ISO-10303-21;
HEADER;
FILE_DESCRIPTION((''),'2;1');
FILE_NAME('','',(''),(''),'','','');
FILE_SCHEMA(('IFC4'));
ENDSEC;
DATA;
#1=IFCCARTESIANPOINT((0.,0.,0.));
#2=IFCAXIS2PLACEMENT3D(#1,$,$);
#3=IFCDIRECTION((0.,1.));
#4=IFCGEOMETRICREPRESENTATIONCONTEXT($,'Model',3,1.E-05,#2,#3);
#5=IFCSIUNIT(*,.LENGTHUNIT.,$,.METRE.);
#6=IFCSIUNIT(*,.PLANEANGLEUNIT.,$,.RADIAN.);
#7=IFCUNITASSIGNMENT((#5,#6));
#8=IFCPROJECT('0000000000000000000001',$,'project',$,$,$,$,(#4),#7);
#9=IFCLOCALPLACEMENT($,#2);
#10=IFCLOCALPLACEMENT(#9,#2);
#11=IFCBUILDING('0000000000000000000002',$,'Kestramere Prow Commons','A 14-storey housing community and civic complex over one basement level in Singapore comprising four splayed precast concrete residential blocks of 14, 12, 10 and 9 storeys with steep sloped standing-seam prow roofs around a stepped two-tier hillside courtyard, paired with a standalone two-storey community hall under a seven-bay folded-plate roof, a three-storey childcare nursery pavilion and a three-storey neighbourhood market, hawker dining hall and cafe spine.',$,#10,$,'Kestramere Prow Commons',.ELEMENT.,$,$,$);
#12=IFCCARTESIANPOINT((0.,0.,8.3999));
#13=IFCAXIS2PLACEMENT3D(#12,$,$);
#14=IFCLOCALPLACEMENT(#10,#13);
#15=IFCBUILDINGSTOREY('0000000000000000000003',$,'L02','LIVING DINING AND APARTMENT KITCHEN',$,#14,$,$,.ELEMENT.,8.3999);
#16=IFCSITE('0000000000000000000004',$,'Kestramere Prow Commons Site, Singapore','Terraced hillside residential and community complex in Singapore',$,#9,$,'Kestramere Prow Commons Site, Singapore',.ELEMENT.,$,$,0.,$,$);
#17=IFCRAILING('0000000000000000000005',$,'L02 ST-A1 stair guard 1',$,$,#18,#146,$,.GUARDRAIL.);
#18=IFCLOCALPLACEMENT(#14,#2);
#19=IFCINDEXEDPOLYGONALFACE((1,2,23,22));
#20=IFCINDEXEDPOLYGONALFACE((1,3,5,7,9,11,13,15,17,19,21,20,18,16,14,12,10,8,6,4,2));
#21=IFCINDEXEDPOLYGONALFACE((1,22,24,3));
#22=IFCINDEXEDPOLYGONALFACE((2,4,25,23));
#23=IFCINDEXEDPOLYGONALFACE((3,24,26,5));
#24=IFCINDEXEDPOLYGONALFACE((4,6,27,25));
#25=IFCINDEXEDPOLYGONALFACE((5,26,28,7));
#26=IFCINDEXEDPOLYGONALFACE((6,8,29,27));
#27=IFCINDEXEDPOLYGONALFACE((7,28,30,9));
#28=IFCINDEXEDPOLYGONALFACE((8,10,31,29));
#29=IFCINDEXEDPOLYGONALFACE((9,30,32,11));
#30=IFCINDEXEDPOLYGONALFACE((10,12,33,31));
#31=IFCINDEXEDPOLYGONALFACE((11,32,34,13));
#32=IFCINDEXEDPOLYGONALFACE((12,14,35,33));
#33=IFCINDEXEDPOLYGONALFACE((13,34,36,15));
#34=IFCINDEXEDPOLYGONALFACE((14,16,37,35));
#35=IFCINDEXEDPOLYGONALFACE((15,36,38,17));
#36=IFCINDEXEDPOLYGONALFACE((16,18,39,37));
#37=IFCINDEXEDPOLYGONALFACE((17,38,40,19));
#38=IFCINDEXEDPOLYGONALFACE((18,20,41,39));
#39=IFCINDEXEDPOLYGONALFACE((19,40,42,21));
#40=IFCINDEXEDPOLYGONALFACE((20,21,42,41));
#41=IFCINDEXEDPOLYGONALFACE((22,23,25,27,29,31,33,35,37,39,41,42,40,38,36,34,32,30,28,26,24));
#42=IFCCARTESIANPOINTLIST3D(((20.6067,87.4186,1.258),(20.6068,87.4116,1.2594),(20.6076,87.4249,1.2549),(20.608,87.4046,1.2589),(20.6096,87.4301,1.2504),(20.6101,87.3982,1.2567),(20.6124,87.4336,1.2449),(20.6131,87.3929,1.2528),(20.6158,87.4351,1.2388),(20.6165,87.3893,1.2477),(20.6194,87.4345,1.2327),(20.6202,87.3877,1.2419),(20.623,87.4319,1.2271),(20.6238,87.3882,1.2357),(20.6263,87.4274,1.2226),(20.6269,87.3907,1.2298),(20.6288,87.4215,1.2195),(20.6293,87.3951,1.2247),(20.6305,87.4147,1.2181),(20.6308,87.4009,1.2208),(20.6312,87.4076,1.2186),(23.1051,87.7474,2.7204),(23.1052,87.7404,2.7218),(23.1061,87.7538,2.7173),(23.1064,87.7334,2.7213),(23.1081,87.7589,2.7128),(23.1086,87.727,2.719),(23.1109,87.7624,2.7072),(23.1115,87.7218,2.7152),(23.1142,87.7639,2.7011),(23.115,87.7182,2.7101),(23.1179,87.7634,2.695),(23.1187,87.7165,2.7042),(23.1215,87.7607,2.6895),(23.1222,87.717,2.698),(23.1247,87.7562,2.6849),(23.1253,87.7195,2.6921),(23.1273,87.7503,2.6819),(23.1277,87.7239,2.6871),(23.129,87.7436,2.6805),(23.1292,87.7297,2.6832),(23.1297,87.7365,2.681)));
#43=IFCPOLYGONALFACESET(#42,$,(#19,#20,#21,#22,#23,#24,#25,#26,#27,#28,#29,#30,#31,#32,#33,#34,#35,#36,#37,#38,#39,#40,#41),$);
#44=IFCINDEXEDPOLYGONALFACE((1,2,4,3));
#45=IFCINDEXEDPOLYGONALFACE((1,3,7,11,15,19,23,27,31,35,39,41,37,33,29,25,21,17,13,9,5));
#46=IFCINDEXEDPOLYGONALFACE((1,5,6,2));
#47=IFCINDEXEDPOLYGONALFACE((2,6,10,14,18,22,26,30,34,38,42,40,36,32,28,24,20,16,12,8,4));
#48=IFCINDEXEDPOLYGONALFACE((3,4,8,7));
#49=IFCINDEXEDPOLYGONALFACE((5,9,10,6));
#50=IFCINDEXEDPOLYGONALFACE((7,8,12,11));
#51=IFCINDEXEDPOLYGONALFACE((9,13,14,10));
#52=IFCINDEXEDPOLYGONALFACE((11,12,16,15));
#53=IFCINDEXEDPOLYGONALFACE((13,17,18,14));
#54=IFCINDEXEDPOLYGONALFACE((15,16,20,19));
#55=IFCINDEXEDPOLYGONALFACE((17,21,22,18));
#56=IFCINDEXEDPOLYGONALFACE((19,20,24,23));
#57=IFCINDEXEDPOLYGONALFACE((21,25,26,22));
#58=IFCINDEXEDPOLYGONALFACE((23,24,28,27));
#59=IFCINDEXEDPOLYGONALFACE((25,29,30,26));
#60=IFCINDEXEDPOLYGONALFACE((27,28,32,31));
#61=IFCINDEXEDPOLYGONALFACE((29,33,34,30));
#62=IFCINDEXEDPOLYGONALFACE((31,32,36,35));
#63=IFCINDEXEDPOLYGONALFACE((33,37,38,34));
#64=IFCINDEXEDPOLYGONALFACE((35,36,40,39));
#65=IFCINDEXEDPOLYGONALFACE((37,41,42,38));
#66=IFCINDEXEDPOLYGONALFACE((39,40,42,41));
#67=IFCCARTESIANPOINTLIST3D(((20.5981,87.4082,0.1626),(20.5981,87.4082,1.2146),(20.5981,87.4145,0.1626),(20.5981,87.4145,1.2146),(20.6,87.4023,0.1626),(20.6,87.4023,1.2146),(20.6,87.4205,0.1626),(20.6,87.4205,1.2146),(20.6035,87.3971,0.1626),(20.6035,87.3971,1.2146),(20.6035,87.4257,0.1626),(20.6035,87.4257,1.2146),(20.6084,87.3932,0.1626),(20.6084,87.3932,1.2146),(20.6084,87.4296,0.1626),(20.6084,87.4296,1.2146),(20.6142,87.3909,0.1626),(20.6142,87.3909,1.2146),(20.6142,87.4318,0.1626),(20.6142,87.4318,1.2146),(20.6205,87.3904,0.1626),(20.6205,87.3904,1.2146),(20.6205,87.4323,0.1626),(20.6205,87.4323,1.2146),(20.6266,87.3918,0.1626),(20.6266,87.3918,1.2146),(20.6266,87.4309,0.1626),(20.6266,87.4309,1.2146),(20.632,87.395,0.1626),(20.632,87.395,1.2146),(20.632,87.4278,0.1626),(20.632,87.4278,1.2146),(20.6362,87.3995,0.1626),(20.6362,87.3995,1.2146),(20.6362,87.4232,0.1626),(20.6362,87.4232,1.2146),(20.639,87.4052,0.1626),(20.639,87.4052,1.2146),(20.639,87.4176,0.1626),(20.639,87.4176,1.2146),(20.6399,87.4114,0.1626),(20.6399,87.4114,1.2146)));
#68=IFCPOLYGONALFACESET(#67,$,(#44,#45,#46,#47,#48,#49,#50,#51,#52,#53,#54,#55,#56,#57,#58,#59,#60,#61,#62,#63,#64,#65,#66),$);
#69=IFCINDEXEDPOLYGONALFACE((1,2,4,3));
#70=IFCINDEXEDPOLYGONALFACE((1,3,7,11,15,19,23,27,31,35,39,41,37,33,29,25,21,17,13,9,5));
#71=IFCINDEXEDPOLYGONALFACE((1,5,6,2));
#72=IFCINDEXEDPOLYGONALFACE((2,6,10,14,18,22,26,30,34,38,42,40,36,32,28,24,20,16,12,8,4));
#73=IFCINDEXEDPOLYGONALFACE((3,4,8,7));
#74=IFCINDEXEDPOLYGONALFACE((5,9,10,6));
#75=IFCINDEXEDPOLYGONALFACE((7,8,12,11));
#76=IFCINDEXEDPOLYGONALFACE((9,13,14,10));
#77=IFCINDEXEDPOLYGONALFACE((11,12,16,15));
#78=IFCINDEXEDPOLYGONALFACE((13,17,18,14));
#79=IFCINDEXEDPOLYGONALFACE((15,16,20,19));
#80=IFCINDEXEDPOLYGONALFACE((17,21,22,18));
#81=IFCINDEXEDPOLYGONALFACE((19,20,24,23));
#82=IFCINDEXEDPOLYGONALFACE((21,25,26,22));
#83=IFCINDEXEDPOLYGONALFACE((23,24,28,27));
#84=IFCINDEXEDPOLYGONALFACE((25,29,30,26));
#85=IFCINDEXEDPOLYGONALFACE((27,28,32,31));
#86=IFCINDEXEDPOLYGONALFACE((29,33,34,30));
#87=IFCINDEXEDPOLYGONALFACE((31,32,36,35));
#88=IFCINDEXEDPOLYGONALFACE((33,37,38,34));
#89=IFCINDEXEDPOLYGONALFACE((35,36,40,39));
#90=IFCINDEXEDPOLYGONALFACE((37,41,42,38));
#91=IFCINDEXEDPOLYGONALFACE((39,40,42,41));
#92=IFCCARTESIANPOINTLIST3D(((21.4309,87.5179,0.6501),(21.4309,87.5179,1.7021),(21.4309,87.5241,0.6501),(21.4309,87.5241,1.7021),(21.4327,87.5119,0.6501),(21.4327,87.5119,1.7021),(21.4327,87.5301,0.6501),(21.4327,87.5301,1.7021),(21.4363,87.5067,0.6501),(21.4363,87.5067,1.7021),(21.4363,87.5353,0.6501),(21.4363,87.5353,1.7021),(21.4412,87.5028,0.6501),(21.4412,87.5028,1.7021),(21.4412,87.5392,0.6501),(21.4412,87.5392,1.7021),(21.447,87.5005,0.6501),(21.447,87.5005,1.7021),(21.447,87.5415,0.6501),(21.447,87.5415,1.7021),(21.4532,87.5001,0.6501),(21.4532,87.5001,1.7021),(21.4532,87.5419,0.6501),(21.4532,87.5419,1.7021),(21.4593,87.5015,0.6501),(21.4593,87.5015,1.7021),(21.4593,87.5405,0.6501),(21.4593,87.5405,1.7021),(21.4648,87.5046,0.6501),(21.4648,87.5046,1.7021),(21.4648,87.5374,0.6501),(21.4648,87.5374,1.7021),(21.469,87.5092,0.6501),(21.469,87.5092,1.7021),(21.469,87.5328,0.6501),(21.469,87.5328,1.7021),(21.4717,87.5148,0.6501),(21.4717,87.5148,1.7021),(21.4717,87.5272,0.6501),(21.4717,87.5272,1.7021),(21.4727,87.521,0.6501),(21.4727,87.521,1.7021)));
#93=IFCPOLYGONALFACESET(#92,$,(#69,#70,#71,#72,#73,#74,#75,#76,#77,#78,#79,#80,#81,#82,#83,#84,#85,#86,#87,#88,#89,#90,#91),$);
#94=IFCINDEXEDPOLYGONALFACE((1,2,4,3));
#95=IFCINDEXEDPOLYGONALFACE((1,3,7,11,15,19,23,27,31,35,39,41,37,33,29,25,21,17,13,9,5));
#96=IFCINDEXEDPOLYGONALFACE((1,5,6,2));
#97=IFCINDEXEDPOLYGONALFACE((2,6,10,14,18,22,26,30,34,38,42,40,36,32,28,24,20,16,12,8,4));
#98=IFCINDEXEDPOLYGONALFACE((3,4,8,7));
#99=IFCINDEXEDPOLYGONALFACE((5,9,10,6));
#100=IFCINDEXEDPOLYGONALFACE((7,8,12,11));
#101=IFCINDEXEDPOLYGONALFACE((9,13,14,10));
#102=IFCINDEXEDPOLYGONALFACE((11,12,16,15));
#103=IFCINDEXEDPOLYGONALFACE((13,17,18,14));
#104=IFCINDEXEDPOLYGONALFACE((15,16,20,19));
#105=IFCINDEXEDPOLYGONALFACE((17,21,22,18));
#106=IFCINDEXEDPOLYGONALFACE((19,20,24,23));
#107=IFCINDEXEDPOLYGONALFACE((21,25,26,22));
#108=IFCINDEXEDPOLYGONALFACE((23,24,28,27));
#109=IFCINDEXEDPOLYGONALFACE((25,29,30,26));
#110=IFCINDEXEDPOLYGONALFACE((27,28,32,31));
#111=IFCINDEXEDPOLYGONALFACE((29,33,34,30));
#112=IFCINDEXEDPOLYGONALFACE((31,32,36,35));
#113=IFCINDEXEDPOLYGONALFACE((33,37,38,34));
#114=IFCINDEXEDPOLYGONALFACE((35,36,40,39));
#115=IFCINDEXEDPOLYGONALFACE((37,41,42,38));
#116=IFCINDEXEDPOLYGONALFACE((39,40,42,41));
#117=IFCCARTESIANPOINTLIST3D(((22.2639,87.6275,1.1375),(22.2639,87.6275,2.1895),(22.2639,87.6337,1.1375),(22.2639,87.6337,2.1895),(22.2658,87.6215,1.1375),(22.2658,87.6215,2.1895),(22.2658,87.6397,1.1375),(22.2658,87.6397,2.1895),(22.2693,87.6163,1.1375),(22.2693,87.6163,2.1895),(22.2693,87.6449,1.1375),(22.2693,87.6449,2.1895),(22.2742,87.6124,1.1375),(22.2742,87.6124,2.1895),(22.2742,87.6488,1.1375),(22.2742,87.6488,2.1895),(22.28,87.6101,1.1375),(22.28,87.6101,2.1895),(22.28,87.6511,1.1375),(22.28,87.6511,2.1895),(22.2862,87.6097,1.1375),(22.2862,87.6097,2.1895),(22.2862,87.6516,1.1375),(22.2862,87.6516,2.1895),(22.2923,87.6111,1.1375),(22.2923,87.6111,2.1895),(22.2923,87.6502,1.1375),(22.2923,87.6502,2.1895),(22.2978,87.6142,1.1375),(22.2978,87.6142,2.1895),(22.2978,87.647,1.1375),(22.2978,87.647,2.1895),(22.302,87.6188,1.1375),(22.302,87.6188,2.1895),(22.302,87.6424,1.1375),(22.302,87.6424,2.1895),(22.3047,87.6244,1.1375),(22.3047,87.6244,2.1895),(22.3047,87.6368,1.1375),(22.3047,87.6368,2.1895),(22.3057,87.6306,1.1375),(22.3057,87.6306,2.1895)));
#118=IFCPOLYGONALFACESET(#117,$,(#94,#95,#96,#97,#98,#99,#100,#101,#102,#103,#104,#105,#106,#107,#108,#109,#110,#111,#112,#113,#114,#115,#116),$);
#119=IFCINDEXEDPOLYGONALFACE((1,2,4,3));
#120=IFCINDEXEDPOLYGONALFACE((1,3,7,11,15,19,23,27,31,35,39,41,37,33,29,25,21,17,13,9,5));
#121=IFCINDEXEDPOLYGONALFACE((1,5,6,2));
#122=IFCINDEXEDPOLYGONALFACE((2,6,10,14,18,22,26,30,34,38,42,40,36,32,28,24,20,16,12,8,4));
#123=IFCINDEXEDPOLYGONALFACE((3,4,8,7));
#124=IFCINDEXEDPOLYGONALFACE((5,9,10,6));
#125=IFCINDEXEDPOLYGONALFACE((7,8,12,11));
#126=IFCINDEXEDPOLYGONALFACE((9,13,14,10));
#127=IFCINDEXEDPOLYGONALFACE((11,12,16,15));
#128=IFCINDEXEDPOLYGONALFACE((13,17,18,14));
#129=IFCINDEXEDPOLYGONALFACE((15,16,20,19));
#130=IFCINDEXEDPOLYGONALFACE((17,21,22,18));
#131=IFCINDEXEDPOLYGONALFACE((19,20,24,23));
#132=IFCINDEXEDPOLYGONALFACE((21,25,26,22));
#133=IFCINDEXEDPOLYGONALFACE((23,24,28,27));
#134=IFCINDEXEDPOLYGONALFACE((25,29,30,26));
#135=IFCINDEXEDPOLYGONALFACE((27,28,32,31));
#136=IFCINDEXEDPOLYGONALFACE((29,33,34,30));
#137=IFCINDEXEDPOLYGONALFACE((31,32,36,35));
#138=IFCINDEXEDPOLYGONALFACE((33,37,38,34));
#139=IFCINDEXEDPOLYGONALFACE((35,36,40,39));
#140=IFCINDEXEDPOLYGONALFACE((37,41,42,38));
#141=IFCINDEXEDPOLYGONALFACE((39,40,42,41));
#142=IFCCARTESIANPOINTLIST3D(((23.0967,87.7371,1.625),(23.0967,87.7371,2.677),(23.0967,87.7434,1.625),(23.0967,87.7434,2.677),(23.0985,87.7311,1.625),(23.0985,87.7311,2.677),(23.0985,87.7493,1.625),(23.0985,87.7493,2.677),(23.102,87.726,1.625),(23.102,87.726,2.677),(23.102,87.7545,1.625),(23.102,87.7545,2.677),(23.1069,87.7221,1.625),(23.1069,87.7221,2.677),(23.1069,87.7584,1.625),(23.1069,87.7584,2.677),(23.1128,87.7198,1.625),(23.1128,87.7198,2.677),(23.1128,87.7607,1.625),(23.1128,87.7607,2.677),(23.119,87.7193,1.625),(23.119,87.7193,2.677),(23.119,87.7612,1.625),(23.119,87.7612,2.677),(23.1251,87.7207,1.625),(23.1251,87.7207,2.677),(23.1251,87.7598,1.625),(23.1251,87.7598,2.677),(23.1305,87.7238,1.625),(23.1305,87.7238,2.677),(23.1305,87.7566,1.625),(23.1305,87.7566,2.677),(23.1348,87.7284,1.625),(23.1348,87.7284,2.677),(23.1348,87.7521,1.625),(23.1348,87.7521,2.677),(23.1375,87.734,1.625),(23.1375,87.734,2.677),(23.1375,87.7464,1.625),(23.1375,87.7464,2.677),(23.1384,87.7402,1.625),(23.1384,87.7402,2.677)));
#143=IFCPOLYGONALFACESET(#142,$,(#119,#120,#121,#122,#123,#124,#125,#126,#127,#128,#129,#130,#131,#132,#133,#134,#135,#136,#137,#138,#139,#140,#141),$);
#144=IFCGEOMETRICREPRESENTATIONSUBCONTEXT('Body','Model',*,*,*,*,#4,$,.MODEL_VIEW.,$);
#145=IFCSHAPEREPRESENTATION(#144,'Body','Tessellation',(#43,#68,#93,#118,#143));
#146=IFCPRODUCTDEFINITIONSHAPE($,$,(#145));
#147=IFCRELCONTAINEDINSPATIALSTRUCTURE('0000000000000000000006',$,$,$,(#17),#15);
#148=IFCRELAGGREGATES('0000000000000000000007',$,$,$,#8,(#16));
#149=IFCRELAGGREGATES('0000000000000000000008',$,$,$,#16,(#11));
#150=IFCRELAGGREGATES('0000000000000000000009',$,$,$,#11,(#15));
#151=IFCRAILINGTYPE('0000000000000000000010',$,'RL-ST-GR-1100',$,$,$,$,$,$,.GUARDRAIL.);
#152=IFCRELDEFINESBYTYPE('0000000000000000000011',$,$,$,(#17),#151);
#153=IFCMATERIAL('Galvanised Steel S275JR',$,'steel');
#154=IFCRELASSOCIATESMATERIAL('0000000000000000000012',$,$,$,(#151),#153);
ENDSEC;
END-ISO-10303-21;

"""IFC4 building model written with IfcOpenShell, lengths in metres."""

from ifc_helpers import new_model, si_unit, direction, frame, origin, origin_2d, place, context, subcontext, project, spatial, circle, extrude, material, type_object, element, save


model = new_model("IFC4")

# Units and contexts
model_context = context("Model", 3, precision=1e-05, world=origin(), true_north=direction((0.0, 1.0)))
body_context = subcontext(model_context, "Body", "Model", "MODEL_VIEW")
ifc_project = project(units=[si_unit("LENGTHUNIT", "METRE"), si_unit("PLANEANGLEUNIT", "RADIAN")], contexts=[model_context])

# Site, building, storey
site_placement = place(None, origin())
site = spatial("IfcSite", under=ifc_project, at=site_placement, Name="Kestramere Prow Commons Site, Singapore", Description="Terraced hillside residential and community complex in Singapore", LongName="Kestramere Prow Commons Site, Singapore", CompositionType="ELEMENT", RefElevation=0.0)
building_placement = place(site_placement, origin())
building = spatial("IfcBuilding", under=site, at=building_placement, Name="Kestramere Prow Commons", Description="A 14-storey housing community and civic complex over one basement level in Singapore comprising four splayed precast concrete residential blocks of 14, 12, 10 and 9 storeys with steep sloped standing-seam prow roofs around a stepped two-tier hillside courtyard, paired with a standalone two-storey community hall under a seven-bay folded-plate roof, a three-storey childcare nursery pavilion and a three-storey neighbourhood market, hawker dining hall and cafe spine.", LongName="Kestramere Prow Commons", CompositionType="ELEMENT")
storey_placement = place(building_placement, frame((0.0, 0.0, 8.3999)))
storey = spatial("IfcBuildingStorey", under=building, at=storey_placement, Name="L02", Description="LIVING DINING AND APARTMENT KITCHEN", CompositionType="ELEMENT", Elevation=8.3999)

# Railing
ifc_material_1 = material(Name="Galvanised Steel S275JR", Category="steel")
railing_type_1 = type_object("IfcRailingType", Name="RL-ST-GR-1100", PredefinedType="GUARDRAIL", material=ifc_material_1)
railing_1_placement = place(storey_placement, frame((20.6189, 87.4114, 0.1626)))
element("IfcRailing", 1, at=railing_1_placement, inside=storey, type_object=railing_type_1, Name="L02 ST-A1 stair guard 1", PredefinedType="GUARDRAIL", context=body_context, shape_type="SweptSolid", body=[
    extrude(circle(Radius=0.0239, at=origin_2d()), frame((0.0, 0.0, 1.0762), z_axis=(0.857523, 0.112867, 0.501912), x_axis=(-0.130495, 0.991449, 0.0)), (0.0, 0.0, 1.0), 2.9136),
    extrude(circle(Radius=0.021, at=origin_2d()), origin(), (0.0, 0.0, 1.0), 1.052),
    extrude(circle(Radius=0.021, at=origin_2d()), frame((0.8328, 0.1096, 0.4875)), (0.0, 0.0, 1.0), 1.052),
    extrude(circle(Radius=0.021, at=origin_2d()), frame((1.6658, 0.2192, 0.9749)), (0.0, 0.0, 1.0), 1.052),
    extrude(circle(Radius=0.021, at=origin_2d()), frame((2.4985, 0.3289, 1.4624)), (0.0, 0.0, 1.0), 1.052),
])

save(model, "model.ifc")
